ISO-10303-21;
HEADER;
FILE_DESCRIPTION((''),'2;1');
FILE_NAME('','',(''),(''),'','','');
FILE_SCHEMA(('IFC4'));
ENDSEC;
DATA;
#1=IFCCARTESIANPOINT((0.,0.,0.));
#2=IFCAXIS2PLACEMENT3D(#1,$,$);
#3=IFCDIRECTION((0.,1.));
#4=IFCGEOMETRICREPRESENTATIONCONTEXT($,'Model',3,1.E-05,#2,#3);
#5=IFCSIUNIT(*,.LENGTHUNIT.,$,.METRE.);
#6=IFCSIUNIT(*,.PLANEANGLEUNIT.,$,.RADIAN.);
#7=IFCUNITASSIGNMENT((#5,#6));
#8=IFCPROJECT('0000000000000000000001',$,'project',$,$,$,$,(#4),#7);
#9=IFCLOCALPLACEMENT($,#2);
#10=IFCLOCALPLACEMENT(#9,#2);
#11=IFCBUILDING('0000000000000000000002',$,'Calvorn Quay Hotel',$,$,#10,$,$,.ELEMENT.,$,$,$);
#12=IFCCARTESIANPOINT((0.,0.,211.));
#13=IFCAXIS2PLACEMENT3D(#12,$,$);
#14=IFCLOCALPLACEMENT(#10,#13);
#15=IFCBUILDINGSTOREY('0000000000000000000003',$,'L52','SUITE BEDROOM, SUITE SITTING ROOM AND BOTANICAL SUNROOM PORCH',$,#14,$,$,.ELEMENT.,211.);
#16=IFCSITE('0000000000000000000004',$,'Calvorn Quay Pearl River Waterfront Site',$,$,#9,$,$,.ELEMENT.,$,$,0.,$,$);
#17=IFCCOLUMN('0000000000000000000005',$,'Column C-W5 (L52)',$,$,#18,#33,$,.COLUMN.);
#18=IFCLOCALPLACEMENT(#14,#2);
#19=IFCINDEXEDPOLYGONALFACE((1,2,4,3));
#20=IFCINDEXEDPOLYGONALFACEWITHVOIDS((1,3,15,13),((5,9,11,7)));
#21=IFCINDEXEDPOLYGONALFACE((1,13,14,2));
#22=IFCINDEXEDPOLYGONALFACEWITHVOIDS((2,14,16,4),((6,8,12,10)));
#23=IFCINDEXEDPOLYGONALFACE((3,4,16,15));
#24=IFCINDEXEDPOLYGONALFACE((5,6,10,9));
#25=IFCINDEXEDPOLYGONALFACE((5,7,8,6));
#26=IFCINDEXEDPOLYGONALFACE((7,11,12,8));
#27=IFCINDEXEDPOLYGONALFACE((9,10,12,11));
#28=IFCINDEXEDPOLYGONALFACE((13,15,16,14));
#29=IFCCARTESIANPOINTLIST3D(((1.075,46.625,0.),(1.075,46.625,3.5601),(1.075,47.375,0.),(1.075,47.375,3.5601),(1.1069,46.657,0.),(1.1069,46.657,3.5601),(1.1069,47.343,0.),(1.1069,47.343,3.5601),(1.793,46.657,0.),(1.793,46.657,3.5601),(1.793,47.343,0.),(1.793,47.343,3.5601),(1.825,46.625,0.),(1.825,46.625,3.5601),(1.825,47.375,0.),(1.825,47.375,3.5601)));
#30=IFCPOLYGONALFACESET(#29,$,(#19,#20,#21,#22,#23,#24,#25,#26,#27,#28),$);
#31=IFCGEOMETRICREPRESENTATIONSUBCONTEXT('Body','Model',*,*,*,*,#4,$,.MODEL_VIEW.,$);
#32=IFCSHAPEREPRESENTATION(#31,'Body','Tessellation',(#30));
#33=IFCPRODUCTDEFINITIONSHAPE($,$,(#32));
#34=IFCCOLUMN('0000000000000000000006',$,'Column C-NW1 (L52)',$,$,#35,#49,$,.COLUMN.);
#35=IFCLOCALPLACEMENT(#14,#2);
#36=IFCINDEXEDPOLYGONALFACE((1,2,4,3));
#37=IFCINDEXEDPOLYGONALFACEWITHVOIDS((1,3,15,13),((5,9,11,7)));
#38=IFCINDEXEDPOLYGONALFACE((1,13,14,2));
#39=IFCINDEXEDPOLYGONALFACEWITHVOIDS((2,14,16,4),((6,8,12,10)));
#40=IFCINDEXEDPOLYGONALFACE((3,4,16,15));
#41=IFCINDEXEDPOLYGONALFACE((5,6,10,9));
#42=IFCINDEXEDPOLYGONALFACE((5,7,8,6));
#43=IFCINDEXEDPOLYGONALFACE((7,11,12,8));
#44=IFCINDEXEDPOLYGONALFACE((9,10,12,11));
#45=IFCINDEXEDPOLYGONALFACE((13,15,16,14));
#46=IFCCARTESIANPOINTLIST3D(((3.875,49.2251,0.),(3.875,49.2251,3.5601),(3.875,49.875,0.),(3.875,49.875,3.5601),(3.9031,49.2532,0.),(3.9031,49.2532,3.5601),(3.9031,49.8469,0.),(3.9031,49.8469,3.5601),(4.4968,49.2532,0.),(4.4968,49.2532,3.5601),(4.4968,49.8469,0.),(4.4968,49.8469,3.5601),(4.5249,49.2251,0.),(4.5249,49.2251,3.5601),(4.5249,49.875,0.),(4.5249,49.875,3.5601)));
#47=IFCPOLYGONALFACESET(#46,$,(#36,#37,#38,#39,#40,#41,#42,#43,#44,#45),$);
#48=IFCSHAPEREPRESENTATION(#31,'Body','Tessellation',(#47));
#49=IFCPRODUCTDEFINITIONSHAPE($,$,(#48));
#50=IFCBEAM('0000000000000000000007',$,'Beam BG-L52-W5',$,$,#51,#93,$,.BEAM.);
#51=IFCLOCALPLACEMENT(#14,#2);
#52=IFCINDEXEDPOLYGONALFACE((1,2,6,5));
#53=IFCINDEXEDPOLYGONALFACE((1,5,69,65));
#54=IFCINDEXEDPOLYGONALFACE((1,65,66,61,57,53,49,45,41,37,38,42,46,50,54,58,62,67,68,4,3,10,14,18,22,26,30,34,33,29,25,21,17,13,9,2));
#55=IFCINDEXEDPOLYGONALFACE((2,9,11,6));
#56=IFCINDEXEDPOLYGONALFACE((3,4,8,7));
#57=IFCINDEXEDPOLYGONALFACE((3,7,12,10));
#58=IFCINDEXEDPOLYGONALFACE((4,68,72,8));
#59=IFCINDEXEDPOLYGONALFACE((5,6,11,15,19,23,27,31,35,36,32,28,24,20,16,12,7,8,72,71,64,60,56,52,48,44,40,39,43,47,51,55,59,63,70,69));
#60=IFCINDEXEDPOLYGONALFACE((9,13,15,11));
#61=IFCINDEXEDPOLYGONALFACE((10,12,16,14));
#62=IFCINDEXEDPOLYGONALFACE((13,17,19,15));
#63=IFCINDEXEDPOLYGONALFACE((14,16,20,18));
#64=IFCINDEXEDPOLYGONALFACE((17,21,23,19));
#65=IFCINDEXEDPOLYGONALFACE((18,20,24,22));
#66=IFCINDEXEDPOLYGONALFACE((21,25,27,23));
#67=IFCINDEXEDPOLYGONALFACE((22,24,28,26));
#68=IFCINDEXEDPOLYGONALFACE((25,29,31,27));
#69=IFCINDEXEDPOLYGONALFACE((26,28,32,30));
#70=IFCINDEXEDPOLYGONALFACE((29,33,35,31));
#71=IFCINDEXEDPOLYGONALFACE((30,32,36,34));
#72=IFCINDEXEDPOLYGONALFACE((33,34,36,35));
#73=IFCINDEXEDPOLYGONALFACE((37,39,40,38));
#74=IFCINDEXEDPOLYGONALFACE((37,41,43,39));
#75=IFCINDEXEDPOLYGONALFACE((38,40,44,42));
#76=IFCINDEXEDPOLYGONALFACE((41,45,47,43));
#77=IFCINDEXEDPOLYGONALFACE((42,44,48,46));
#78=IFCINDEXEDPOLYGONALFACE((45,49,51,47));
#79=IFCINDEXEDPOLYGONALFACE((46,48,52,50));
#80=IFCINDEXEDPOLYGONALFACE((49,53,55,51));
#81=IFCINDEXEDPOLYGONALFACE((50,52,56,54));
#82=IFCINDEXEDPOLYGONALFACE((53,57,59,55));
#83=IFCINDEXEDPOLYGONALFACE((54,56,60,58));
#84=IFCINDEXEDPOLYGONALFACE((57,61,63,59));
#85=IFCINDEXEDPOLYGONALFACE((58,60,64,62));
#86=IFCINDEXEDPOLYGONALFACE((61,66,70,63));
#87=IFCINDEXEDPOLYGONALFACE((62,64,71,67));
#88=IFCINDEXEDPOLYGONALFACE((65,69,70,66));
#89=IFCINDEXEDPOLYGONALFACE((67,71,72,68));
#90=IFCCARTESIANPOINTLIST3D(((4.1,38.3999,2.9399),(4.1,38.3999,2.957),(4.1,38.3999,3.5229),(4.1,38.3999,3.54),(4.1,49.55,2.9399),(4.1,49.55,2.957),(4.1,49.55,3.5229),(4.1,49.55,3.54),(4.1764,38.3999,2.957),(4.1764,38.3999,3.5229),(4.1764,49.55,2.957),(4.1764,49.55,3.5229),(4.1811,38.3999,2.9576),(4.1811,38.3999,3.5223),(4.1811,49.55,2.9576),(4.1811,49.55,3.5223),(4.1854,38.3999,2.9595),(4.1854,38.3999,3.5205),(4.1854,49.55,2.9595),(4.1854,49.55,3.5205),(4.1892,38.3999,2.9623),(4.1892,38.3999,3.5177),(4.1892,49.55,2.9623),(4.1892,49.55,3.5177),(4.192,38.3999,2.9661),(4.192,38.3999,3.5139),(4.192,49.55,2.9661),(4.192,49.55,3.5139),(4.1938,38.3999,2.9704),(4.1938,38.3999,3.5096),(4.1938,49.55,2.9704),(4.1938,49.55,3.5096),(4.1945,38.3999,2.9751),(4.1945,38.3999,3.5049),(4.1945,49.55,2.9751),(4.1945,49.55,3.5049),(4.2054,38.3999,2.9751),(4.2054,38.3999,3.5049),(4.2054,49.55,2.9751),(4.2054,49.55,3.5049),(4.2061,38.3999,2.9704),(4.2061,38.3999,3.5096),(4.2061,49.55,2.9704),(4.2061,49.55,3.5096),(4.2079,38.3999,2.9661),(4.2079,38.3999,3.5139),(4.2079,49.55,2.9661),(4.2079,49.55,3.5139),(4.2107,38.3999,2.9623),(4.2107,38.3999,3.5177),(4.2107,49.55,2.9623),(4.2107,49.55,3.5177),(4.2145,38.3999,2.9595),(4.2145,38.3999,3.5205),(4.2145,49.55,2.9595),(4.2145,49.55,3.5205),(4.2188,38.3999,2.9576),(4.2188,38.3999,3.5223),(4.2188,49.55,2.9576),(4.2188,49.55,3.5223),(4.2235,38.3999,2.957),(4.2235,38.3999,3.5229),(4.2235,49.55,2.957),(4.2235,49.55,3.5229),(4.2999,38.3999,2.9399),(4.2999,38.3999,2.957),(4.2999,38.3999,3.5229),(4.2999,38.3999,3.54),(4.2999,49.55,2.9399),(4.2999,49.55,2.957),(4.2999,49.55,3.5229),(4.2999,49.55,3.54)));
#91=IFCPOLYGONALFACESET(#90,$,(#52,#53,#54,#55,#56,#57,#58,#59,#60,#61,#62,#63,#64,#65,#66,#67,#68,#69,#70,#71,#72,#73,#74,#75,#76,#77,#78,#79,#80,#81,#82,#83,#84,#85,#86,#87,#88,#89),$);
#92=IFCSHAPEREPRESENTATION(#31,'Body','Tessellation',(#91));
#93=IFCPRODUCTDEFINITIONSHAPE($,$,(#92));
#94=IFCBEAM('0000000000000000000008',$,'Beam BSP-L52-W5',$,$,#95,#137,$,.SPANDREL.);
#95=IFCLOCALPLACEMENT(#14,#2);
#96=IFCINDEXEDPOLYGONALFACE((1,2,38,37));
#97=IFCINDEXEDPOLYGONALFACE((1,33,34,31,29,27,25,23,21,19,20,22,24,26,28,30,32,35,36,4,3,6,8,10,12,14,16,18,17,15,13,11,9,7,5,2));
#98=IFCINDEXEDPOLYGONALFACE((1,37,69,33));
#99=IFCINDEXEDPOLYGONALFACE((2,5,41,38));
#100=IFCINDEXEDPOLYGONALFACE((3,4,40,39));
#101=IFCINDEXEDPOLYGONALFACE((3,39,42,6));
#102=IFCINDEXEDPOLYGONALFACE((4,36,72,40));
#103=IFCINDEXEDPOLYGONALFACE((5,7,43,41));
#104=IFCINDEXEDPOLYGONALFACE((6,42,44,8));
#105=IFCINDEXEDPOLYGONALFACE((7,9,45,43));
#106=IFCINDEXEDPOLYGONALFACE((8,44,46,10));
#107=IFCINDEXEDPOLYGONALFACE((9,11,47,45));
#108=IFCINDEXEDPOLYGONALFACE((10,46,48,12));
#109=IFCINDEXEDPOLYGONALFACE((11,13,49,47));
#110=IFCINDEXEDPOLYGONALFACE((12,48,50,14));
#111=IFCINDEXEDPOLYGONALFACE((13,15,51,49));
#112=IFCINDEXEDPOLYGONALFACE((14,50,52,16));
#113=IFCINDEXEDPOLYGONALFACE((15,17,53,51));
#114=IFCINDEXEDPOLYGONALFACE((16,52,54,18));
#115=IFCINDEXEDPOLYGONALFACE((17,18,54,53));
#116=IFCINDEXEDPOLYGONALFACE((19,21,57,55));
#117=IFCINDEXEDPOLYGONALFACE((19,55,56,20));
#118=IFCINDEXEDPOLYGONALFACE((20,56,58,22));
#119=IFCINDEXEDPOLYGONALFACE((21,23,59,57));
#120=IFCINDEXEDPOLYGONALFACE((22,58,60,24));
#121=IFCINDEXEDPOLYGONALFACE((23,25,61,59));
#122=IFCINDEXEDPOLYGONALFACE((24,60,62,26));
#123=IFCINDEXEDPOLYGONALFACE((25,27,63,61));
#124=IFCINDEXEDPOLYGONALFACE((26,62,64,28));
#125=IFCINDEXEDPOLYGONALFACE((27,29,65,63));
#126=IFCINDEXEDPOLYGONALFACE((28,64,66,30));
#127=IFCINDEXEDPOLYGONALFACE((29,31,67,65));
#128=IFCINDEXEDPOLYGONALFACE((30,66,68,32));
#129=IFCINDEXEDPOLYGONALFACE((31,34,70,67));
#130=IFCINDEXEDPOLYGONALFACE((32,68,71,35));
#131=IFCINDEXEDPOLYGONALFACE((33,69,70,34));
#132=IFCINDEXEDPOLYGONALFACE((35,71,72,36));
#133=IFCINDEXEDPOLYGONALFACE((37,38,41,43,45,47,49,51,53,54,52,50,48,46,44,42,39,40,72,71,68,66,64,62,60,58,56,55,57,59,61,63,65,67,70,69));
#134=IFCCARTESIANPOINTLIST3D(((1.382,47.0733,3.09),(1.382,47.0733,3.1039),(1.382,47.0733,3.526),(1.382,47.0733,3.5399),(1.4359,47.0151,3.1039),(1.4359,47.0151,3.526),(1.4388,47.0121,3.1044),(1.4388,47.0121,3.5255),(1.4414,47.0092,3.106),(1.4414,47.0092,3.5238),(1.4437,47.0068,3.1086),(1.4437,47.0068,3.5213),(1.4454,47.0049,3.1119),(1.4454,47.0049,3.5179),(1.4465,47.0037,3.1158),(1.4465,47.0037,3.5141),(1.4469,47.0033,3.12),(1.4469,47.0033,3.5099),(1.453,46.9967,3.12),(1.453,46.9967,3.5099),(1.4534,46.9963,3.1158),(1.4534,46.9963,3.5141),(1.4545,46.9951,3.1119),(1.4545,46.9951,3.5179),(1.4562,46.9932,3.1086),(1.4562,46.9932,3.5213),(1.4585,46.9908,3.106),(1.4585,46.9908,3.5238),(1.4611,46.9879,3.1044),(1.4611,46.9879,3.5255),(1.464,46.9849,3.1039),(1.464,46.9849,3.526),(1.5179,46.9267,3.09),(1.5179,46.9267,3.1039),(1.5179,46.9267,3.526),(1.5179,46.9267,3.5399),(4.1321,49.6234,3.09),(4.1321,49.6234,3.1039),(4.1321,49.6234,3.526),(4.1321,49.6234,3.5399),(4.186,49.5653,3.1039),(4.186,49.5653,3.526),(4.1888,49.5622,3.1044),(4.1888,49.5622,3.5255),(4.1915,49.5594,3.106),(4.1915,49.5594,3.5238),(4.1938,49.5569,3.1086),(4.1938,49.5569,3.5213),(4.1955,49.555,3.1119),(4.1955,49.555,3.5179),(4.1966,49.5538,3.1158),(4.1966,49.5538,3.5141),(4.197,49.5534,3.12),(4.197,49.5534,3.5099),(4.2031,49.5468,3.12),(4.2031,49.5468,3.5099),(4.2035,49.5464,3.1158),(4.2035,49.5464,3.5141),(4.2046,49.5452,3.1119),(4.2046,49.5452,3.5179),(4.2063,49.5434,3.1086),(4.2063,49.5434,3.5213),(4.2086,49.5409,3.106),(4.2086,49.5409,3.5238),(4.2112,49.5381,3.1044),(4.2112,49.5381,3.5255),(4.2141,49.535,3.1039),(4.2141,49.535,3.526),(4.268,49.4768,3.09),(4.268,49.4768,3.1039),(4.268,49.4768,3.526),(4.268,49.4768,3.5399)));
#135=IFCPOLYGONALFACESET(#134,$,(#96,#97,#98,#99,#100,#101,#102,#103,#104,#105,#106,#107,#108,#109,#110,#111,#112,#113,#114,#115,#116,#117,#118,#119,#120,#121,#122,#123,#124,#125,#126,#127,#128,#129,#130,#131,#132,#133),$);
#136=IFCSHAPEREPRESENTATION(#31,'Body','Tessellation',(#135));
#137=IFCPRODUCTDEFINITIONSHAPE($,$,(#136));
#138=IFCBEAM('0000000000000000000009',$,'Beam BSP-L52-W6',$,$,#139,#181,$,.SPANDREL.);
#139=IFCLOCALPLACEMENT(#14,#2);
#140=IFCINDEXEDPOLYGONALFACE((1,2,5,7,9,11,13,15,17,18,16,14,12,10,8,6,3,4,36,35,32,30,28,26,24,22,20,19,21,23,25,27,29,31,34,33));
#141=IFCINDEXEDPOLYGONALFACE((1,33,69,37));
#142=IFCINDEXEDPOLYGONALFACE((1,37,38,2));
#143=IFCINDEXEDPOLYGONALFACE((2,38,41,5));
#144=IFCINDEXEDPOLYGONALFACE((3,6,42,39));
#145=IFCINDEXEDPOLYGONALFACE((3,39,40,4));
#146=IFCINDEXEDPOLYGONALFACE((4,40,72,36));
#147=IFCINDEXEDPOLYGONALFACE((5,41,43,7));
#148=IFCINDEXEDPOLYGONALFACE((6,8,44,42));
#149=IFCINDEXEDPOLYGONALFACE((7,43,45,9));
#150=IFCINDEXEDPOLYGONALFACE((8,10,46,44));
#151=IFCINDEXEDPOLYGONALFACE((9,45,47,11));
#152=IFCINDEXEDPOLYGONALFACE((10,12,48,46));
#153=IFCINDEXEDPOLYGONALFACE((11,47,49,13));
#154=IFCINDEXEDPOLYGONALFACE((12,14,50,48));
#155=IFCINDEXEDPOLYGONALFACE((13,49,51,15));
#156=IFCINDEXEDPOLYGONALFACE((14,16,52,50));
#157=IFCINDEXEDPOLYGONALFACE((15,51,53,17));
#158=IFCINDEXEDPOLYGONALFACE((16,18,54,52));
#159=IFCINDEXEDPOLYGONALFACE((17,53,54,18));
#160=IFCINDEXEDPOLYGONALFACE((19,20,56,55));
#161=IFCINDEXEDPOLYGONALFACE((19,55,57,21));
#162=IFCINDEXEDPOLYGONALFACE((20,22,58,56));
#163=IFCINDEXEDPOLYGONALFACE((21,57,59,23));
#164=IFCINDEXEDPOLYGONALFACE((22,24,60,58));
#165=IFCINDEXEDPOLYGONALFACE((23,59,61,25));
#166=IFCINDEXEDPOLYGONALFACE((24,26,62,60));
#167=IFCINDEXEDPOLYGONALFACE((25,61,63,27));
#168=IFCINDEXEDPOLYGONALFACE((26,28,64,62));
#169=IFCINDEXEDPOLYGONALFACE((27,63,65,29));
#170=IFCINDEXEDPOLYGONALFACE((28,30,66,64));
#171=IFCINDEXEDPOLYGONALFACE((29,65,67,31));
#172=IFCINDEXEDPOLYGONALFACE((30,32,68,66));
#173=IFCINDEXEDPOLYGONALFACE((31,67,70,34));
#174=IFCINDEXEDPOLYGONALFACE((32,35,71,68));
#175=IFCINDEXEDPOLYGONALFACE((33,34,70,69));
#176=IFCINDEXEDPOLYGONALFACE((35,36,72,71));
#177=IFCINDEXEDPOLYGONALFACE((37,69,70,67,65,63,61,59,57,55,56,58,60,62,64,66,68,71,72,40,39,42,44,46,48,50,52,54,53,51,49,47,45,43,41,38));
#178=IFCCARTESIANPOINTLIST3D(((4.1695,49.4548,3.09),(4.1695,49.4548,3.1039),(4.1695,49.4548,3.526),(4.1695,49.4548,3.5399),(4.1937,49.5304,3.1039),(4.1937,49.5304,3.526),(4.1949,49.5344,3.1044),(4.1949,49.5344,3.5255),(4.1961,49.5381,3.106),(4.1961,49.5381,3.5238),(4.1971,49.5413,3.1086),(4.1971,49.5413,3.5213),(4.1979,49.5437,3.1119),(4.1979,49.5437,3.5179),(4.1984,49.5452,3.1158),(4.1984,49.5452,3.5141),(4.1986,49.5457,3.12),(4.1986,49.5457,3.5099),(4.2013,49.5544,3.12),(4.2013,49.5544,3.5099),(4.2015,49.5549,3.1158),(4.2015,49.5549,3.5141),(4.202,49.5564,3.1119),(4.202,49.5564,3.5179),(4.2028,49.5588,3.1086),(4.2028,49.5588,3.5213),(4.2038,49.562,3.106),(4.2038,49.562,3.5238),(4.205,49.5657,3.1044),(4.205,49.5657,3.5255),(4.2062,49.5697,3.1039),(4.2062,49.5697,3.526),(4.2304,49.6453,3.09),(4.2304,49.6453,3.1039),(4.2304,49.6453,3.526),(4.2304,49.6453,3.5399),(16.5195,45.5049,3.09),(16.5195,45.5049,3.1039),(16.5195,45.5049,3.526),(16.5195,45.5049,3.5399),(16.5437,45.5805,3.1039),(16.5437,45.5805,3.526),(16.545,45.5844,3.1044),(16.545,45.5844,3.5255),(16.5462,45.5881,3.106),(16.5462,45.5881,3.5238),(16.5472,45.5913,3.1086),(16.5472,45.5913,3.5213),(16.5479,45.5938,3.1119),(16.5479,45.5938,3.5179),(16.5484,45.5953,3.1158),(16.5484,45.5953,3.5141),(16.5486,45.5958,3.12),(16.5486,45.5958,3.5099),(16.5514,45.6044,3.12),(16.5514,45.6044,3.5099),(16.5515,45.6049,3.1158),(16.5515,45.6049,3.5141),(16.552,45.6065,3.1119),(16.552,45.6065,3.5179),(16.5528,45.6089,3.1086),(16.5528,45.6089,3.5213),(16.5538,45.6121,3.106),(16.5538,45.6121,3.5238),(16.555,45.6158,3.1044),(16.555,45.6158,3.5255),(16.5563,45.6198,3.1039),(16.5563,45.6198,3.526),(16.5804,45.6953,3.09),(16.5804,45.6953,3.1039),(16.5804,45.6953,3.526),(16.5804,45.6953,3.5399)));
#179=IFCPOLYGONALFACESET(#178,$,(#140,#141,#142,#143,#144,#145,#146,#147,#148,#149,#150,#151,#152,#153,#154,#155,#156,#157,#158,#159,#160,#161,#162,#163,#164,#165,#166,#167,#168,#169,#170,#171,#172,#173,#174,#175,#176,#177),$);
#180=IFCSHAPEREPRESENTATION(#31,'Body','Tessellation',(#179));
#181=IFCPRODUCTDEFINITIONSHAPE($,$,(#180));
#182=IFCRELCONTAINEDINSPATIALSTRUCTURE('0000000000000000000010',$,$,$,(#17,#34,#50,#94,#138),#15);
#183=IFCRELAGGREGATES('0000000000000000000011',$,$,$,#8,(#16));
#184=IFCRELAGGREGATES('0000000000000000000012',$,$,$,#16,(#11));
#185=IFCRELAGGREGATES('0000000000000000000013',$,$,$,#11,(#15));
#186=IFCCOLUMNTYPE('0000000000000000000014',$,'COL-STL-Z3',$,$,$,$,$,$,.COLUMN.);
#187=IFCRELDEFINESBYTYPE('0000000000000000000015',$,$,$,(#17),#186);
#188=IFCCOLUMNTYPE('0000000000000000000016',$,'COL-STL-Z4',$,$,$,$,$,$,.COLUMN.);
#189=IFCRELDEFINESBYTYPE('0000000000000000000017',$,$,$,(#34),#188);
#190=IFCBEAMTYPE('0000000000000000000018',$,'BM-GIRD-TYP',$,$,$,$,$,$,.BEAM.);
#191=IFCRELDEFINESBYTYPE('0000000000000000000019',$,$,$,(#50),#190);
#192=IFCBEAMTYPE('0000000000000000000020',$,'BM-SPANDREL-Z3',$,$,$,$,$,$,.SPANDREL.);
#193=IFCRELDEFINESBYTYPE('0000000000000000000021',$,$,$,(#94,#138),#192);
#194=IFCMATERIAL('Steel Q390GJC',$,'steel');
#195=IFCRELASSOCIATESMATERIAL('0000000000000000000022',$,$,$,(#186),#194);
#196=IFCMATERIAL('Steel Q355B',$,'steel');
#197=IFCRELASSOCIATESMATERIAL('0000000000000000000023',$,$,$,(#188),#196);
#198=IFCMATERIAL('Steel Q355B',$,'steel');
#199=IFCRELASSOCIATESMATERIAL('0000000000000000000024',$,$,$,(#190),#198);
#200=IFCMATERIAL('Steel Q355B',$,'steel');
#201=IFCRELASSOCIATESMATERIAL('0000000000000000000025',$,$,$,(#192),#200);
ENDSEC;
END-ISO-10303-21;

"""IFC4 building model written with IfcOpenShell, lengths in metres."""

from ifc_helpers import new_model, si_unit, direction, frame, origin, origin_2d, place, context, subcontext, project, spatial, hollow_rectangle, i_section, extrude, material, material_profile, profile_set, type_object, element, save


model = new_model("IFC4")

# Units and contexts
model_context = context("Model", 3, precision=1e-05, world=origin(), true_north=direction((0.0, 1.0)))
body_context = subcontext(model_context, "Body", "Model", "MODEL_VIEW")
ifc_project = project(units=[si_unit("LENGTHUNIT", "METRE"), si_unit("PLANEANGLEUNIT", "RADIAN")], contexts=[model_context])

# Site, building, storey
site_placement = place(None, origin())
site = spatial("IfcSite", under=ifc_project, at=site_placement, Name="Calvorn Quay Pearl River Waterfront Site", CompositionType="ELEMENT", RefElevation=0.0)
building_placement = place(site_placement, origin())
building = spatial("IfcBuilding", under=site, at=building_placement, Name="Calvorn Quay Hotel", CompositionType="ELEMENT")
storey_placement = place(building_placement, frame((0.0, 0.0, 211.0)))
storey = spatial("IfcBuildingStorey", under=building, at=storey_placement, Name="L52", Description="SUITE BEDROOM, SUITE SITTING ROOM AND BOTANICAL SUNROOM PORCH", CompositionType="ELEMENT", Elevation=211.0)

# Columns
ifc_material_1 = material(Name="Steel Q390GJC", Category="steel")
ifc_material_profile_1 = material_profile(ifc_material_1, hollow_rectangle(XDim=0.75, YDim=0.75, WallThickness=0.032, at=origin_2d()), Name="BOX750x750x32")
ifc_profile_set_1 = profile_set([ifc_material_profile_1], Name="Steel Q390GJC")
column_type_1 = type_object("IfcColumnType", Name="COL-STL-Z3", PredefinedType="COLUMN", material=ifc_profile_set_1)
column_1_placement = place(storey_placement, frame((1.45, 47.0, 0.0), z_axis=(0.0, 0.0, 1.0), x_axis=(1.0, 0.0, 0.0)))
element("IfcColumn", 1, at=column_1_placement, inside=storey, type_object=column_type_1, Name="Column C-W5 (L52)", PredefinedType="COLUMN", context=body_context, shape_type="SweptSolid", body=[
    extrude(hollow_rectangle(XDim=0.75, YDim=0.75, WallThickness=0.032, at=origin_2d()), origin(), (0.0, 0.0, 1.0), 3.5601),
])
ifc_material_2 = material(Name="Steel Q355B", Category="steel")
ifc_material_profile_2 = material_profile(ifc_material_2, hollow_rectangle(XDim=0.6499, YDim=0.6499, WallThickness=0.0281, at=origin_2d()), Name="BOX650x650x28")
ifc_profile_set_2 = profile_set([ifc_material_profile_2], Name="Steel Q355B")
column_type_2 = type_object("IfcColumnType", Name="COL-STL-Z4", PredefinedType="COLUMN", material=ifc_profile_set_2)
column_2_placement = place(storey_placement, frame((4.2, 49.55, 0.0), z_axis=(0.0, 0.0, 1.0), x_axis=(1.0, 0.0, 0.0)))
element("IfcColumn", 2, at=column_2_placement, inside=storey, type_object=column_type_2, Name="Column C-NW1 (L52)", PredefinedType="COLUMN", context=body_context, shape_type="SweptSolid", body=[
    extrude(hollow_rectangle(XDim=0.6499, YDim=0.6499, WallThickness=0.0281, at=origin_2d()), origin(), (0.0, 0.0, 1.0), 3.5601),
])

# Beams
ifc_material_3 = material(Name="Steel Q355B", Category="steel")
ifc_material_profile_3 = material_profile(ifc_material_3, i_section(OverallWidth=0.2, OverallDepth=0.6001, WebThickness=0.011, FlangeThickness=0.0171, FilletRadius=0.0181, at=origin_2d()), Name="HN600x200x11x17")
ifc_profile_set_3 = profile_set([ifc_material_profile_3], Name="Steel Q355B")
beam_type_1 = type_object("IfcBeamType", Name="BM-GIRD-TYP", PredefinedType="BEAM", material=ifc_profile_set_3)
beam_1_placement = place(storey_placement, frame((4.2, 49.55, 3.24), z_axis=(0.0, -1.0, 0.0), x_axis=(1.0, 0.0, 0.0)))
element("IfcBeam", 3, at=beam_1_placement, inside=storey, type_object=beam_type_1, Name="Beam BG-L52-W5", PredefinedType="BEAM", context=body_context, shape_type="SweptSolid", body=[
    extrude(i_section(OverallWidth=0.2, OverallDepth=0.6001, WebThickness=0.011, FlangeThickness=0.0171, FilletRadius=0.0181, at=origin_2d()), origin(), (0.0, 0.0, 1.0), 11.1501),
])
ifc_material_4 = material(Name="Steel Q355B", Category="steel")
ifc_material_profile_4 = material_profile(ifc_material_4, i_section(OverallWidth=0.2, OverallDepth=0.45, WebThickness=0.009, FlangeThickness=0.0139, FilletRadius=0.0161, at=origin_2d()), Name="HN450x200x9x14")
ifc_profile_set_4 = profile_set([ifc_material_profile_4], Name="Steel Q355B")
beam_type_2 = type_object("IfcBeamType", Name="BM-SPANDREL-Z3", PredefinedType="SPANDREL", material=ifc_profile_set_4)
beam_2_placement = place(storey_placement, frame((1.45, 47.0, 3.3149), z_axis=(0.733262, 0.679947, 0.0), x_axis=(-0.679947, 0.733262, 0.0)))
element("IfcBeam", 4, at=beam_2_placement, inside=storey, type_object=beam_type_2, Name="Beam BSP-L52-W5", PredefinedType="SPANDREL", context=body_context, shape_type="SweptSolid", body=[
    extrude(i_section(OverallWidth=0.2, OverallDepth=0.45, WebThickness=0.009, FlangeThickness=0.0139, FilletRadius=0.0161, at=origin_2d()), origin(), (0.0, 0.0, 1.0), 3.7505),
])
beam_3_placement = place(storey_placement, frame((4.2, 49.55, 3.3149), z_axis=(0.952471, -0.30463, 0.0), x_axis=(0.30463, 0.952471, 0.0)))
element("IfcBeam", 5, at=beam_3_placement, inside=storey, type_object=beam_type_2, Name="Beam BSP-L52-W6", PredefinedType="SPANDREL", context=body_context, shape_type="SweptSolid", body=[
    extrude(i_section(OverallWidth=0.2, OverallDepth=0.45, WebThickness=0.009, FlangeThickness=0.0139, FilletRadius=0.0161, at=origin_2d()), origin(), (0.0, 0.0, 1.0), 12.9663),
])

save(model, "model.ifc")
